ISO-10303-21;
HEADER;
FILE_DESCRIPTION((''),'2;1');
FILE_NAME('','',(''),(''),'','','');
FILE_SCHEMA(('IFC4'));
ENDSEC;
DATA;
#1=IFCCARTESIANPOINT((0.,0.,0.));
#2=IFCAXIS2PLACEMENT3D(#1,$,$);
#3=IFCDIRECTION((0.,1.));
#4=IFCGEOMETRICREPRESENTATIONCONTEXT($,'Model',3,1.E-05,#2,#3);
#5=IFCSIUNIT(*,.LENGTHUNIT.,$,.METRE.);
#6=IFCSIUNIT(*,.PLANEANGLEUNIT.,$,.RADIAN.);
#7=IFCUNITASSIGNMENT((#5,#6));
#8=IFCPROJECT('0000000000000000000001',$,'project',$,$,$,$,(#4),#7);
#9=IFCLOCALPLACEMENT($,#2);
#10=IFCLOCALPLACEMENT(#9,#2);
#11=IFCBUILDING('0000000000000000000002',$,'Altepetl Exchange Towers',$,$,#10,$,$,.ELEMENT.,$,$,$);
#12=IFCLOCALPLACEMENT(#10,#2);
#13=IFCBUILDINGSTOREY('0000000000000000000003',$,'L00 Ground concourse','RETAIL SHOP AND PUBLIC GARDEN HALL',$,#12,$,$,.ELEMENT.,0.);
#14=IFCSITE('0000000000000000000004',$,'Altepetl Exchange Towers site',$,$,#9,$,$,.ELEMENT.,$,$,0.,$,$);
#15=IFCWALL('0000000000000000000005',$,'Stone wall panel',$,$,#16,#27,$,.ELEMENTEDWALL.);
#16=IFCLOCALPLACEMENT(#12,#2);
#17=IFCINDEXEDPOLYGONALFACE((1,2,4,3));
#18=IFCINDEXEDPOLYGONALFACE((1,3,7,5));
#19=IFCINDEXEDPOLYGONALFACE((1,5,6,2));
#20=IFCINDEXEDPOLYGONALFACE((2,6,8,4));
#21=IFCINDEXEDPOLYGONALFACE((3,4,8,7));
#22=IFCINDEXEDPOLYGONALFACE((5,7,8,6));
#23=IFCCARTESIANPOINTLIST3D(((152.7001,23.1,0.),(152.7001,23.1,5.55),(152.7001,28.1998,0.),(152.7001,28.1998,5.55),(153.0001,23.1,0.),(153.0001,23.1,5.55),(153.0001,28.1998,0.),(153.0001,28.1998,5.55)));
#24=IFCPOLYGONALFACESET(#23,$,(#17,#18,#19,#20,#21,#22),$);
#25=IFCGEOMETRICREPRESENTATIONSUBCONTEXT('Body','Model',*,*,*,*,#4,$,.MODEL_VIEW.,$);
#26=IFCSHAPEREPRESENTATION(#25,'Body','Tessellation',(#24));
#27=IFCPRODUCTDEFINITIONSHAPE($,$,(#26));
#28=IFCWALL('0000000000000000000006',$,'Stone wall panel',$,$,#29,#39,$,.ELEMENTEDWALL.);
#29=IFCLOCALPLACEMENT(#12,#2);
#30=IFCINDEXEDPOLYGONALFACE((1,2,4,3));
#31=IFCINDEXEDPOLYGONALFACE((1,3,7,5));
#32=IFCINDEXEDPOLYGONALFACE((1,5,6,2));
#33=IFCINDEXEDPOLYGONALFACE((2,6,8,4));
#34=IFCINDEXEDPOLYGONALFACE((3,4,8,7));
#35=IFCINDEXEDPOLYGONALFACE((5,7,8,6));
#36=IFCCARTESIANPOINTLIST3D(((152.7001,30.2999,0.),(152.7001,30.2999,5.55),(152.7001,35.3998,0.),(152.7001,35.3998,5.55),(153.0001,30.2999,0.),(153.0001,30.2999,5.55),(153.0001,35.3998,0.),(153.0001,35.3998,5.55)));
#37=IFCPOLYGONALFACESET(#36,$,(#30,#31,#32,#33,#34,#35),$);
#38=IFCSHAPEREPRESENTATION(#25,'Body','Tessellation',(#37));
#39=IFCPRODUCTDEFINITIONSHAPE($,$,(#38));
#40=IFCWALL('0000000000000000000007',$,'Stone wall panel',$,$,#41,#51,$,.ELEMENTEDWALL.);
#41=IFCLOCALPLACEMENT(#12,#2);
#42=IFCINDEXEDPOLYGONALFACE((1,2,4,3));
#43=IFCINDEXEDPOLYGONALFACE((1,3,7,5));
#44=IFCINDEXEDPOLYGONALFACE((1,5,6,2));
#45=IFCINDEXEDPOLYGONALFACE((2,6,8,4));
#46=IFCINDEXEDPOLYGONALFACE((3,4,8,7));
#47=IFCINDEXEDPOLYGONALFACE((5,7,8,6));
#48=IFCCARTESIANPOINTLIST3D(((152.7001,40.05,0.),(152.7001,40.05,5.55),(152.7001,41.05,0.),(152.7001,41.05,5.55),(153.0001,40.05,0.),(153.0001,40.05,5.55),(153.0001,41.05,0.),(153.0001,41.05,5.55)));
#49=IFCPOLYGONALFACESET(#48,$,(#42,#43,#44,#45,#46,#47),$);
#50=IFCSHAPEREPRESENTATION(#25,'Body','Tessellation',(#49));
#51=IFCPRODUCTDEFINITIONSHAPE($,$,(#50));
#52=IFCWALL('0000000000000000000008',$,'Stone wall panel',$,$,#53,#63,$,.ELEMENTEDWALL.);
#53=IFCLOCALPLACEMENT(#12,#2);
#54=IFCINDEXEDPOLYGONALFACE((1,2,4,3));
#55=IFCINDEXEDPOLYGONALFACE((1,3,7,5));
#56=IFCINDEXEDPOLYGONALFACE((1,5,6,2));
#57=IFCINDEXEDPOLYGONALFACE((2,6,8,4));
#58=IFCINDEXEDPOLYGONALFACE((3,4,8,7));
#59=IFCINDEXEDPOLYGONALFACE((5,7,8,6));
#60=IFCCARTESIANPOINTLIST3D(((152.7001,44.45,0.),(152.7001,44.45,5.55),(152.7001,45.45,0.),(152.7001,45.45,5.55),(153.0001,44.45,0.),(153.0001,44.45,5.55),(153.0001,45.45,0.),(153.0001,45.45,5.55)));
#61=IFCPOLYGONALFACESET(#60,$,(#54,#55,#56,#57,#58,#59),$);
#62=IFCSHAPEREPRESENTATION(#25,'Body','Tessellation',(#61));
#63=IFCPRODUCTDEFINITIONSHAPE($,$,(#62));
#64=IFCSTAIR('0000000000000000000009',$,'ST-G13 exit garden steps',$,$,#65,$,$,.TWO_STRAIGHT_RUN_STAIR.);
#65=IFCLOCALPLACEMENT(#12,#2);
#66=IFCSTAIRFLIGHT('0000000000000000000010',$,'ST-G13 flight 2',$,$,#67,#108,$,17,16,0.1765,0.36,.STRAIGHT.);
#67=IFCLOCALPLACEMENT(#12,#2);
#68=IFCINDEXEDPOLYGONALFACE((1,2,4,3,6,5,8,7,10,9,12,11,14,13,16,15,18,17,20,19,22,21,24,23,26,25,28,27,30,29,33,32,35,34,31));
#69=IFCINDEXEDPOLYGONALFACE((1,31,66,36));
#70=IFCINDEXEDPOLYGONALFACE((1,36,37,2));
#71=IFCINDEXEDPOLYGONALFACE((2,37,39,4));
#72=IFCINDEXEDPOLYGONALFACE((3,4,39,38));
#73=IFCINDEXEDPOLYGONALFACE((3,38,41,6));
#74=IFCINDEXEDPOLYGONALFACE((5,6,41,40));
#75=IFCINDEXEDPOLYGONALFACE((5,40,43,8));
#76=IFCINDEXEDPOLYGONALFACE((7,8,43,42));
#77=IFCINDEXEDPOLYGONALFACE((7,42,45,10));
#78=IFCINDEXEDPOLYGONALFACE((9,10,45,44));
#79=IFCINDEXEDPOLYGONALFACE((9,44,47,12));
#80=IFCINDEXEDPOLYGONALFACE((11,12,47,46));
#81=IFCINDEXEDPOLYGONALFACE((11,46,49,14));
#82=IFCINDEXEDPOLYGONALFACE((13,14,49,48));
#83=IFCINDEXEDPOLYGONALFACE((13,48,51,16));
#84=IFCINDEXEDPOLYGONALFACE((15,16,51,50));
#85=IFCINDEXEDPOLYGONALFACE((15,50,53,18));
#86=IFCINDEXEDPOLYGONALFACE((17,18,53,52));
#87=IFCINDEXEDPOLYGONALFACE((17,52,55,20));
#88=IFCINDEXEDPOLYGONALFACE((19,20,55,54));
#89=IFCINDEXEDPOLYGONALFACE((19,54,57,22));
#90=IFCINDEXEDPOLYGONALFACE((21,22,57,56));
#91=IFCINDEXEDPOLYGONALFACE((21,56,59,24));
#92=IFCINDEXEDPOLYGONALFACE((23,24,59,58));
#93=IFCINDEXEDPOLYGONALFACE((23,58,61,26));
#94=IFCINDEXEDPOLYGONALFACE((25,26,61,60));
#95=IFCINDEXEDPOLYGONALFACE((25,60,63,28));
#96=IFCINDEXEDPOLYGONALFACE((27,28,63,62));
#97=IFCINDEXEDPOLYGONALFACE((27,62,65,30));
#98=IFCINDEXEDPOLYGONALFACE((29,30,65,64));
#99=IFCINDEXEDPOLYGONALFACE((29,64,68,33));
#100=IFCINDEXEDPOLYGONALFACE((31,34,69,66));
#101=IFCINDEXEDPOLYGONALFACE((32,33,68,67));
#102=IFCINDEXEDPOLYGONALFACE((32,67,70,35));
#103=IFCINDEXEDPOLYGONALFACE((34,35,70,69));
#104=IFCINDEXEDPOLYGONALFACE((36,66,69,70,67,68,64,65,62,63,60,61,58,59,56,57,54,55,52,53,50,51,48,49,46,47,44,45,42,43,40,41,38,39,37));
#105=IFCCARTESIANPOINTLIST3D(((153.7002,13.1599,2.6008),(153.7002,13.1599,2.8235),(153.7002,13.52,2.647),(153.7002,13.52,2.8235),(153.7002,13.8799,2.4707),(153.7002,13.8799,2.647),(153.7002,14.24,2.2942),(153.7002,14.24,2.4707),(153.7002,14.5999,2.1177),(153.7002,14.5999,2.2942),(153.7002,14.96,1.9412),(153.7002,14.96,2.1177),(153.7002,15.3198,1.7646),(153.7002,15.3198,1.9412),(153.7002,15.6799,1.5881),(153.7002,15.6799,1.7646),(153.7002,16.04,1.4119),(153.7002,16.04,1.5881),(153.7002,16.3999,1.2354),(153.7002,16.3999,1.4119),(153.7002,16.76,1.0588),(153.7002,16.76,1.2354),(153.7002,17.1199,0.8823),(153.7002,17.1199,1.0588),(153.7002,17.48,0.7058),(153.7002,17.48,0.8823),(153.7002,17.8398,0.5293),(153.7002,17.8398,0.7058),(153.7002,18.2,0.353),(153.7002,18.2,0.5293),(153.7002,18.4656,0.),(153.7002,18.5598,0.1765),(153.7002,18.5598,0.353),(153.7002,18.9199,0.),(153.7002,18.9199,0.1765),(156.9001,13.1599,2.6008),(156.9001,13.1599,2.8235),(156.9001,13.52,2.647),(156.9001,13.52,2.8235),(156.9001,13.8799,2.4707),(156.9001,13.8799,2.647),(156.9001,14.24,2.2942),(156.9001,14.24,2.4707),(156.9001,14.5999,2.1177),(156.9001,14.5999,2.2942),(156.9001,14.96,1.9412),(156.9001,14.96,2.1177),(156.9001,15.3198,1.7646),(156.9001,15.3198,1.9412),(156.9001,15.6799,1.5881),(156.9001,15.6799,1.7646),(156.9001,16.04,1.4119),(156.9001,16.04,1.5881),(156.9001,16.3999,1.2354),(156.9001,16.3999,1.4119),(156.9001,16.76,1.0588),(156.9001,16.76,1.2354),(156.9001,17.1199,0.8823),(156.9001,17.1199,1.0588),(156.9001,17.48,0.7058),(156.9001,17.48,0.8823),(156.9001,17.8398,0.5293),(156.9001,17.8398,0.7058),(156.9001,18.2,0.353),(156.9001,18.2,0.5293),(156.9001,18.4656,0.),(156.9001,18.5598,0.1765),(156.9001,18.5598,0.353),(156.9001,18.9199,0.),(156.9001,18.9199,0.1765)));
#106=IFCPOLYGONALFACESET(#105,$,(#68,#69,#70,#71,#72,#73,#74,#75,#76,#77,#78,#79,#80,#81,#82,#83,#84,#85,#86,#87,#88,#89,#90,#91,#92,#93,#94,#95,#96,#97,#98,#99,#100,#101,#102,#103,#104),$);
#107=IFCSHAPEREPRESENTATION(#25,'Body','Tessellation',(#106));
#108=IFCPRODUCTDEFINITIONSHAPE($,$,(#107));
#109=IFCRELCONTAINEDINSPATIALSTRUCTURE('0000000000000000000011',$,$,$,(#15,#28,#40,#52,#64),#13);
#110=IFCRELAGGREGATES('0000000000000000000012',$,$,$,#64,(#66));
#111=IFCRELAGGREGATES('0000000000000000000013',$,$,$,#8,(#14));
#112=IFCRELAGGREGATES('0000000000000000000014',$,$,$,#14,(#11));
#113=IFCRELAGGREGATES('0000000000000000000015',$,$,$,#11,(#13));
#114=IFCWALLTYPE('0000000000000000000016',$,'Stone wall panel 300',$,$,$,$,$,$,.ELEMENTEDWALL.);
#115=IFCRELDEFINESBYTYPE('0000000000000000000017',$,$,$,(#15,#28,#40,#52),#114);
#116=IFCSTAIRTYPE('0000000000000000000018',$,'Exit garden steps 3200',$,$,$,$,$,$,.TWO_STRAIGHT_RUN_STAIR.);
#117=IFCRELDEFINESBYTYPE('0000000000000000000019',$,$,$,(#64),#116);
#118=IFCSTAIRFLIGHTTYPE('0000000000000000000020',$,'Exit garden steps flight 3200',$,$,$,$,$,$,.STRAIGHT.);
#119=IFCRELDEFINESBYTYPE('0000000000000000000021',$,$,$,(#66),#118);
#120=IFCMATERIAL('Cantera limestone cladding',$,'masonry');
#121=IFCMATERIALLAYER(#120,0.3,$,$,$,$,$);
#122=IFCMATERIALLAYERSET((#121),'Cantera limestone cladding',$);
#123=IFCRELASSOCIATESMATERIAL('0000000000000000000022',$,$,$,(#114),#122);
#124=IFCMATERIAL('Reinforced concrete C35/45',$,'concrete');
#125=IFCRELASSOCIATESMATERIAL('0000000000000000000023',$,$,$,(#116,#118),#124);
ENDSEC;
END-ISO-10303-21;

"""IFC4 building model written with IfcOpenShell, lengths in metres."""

from ifc_helpers import new_model, si_unit, direction, frame, frame_2d, origin, place, context, subcontext, project, spatial, polyline, rectangle, outline, extrude, material, layer, layer_set, type_object, element, aggregate, save


model = new_model("IFC4")

# Units and contexts
model_context = context("Model", 3, precision=1e-05, world=origin(), true_north=direction((0.0, 1.0)))
body_context = subcontext(model_context, "Body", "Model", "MODEL_VIEW")
ifc_project = project(units=[si_unit("LENGTHUNIT", "METRE"), si_unit("PLANEANGLEUNIT", "RADIAN")], contexts=[model_context])

# Site, building, storey
site_placement = place(None, origin())
site = spatial("IfcSite", under=ifc_project, at=site_placement, Name="Altepetl Exchange Towers site", CompositionType="ELEMENT", RefElevation=0.0)
building_placement = place(site_placement, origin())
building = spatial("IfcBuilding", under=site, at=building_placement, Name="Altepetl Exchange Towers", CompositionType="ELEMENT")
storey_placement = place(building_placement, origin())
storey = spatial("IfcBuildingStorey", under=building, at=storey_placement, Name="L00 Ground concourse", Description="RETAIL SHOP AND PUBLIC GARDEN HALL", CompositionType="ELEMENT", Elevation=0.0)

# Shared definitions
ifc_material_1 = material(Name="Reinforced concrete C35/45", Category="concrete")

# Wall
ifc_material_2 = material(Name="Cantera limestone cladding", Category="masonry")
ifc_layer_1 = layer(ifc_material_2, 0.3)
ifc_layer_set_1 = layer_set([ifc_layer_1], Name="Cantera limestone cladding")
wall_type_1 = type_object("IfcWallType", Name="Stone wall panel 300", PredefinedType="ELEMENTEDWALL", material=ifc_layer_set_1)
wall_1_placement = place(storey_placement, frame((152.8501, 23.1001, 0.0), z_axis=(0.0, 0.0, 1.0), x_axis=(0.0, 1.0, 0.0)))
element("IfcWall", 1, at=wall_1_placement, inside=storey, type_object=wall_type_1, Name="Stone wall panel", PredefinedType="ELEMENTEDWALL", context=body_context, shape_type="SweptSolid", body=[
    extrude(rectangle(XDim=5.0999, YDim=0.3, at=frame_2d((2.5498, 0.0))), origin(), (0.0, 0.0, 1.0), 5.55),
])

# Walls
wall_2_placement = place(storey_placement, frame((152.8501, 30.3, 0.0), z_axis=(0.0, 0.0, 1.0), x_axis=(0.0, 1.0, 0.0)))
element("IfcWall", 2, at=wall_2_placement, inside=storey, type_object=wall_type_1, Name="Stone wall panel", PredefinedType="ELEMENTEDWALL", context=body_context, shape_type="SweptSolid", body=[
    extrude(rectangle(XDim=5.0999, YDim=0.3, at=frame_2d((2.5498, 0.0))), origin(), (0.0, 0.0, 1.0), 5.55),
])
for number, where, z_axis, x_axis, name in (
    (3, (152.8501, 40.05, 0.0), (0.0, 0.0, 1.0), (0.0, 1.0, 0.0), "Stone wall panel"),
    (4, (152.8501, 44.45, 0.0), (0.0, 0.0, 1.0), (0.0, 1.0, 0.0), "Stone wall panel"),
):
    element("IfcWall", number, at=place(storey_placement, frame(where, z_axis=z_axis, x_axis=x_axis)), inside=storey, type_object=wall_type_1, Name=name, PredefinedType="ELEMENTEDWALL", context=body_context, shape_type="SweptSolid", body=[
        extrude(rectangle(XDim=1.0, YDim=0.3, at=frame_2d((0.5, 0.0))), origin(), (0.0, 0.0, 1.0), 5.55),
    ])

# Stair, stair flight
stair_type = type_object("IfcStairType", Name="Exit garden steps 3200", PredefinedType="TWO_STRAIGHT_RUN_STAIR", material=ifc_material_1)
stair_placement = place(storey_placement, origin())
stair = element("IfcStair", 5, at=stair_placement, inside=storey, type_object=stair_type, Name="ST-G13 exit garden steps", PredefinedType="TWO_STRAIGHT_RUN_STAIR")
stair_flight_type = type_object("IfcStairFlightType", Name="Exit garden steps flight 3200", PredefinedType="STRAIGHT", material=ifc_material_1)
stair_flight_placement = place(storey_placement, frame((155.3, 18.9199, 0.0), z_axis=(0.0, 0.0, 1.0), x_axis=(0.0, -1.0, 0.0)))
stair_flight = element("IfcStairFlight", 6, at=stair_flight_placement, type_object=stair_flight_type, Name="ST-G13 flight 2", NumberOfRisers=17, NumberOfTreads=16, PredefinedType="STRAIGHT", RiserHeight=0.1765, TreadLength=0.36, context=body_context, shape_type="SweptSolid", body=[
    extrude(outline(polyline([(0.0, 0.0), (0.0, 0.1765), (0.3601, 0.1765), (0.3601, 0.353), (0.72, 0.353), (0.72, 0.5293), (1.0801, 0.5293), (1.0801, 0.7058), (1.4399, 0.7058), (1.4399, 0.8823), (1.8, 0.8823), (1.8, 1.0588), (2.1599, 1.0588), (2.1599, 1.2354), (2.52, 1.2354), (2.52, 1.4119), (2.8799, 1.4119), (2.8799, 1.5881), (3.24, 1.5881), (3.24, 1.7646), (3.6001, 1.7646), (3.6001, 1.9412), (3.96, 1.9412), (3.96, 2.1177), (4.3201, 2.1177), (4.3201, 2.2942), (4.6799, 2.2942), (4.6799, 2.4707), (5.04, 2.4707), (5.04, 2.647), (5.3999, 2.647), (5.3999, 2.8235), (5.76, 2.8235), (5.76, 3.0), (5.76, 2.6008), (0.4543, 0.0), (0.0, 0.0)])), frame((0.0, 1.6001, 0.0), z_axis=(0.0, -1.0, 0.0), x_axis=(1.0, 0.0, 0.0)), (0.0, 0.0, 1.0), 3.2),
])
aggregate(stair, [stair_flight])

save(model, "model.ifc")
